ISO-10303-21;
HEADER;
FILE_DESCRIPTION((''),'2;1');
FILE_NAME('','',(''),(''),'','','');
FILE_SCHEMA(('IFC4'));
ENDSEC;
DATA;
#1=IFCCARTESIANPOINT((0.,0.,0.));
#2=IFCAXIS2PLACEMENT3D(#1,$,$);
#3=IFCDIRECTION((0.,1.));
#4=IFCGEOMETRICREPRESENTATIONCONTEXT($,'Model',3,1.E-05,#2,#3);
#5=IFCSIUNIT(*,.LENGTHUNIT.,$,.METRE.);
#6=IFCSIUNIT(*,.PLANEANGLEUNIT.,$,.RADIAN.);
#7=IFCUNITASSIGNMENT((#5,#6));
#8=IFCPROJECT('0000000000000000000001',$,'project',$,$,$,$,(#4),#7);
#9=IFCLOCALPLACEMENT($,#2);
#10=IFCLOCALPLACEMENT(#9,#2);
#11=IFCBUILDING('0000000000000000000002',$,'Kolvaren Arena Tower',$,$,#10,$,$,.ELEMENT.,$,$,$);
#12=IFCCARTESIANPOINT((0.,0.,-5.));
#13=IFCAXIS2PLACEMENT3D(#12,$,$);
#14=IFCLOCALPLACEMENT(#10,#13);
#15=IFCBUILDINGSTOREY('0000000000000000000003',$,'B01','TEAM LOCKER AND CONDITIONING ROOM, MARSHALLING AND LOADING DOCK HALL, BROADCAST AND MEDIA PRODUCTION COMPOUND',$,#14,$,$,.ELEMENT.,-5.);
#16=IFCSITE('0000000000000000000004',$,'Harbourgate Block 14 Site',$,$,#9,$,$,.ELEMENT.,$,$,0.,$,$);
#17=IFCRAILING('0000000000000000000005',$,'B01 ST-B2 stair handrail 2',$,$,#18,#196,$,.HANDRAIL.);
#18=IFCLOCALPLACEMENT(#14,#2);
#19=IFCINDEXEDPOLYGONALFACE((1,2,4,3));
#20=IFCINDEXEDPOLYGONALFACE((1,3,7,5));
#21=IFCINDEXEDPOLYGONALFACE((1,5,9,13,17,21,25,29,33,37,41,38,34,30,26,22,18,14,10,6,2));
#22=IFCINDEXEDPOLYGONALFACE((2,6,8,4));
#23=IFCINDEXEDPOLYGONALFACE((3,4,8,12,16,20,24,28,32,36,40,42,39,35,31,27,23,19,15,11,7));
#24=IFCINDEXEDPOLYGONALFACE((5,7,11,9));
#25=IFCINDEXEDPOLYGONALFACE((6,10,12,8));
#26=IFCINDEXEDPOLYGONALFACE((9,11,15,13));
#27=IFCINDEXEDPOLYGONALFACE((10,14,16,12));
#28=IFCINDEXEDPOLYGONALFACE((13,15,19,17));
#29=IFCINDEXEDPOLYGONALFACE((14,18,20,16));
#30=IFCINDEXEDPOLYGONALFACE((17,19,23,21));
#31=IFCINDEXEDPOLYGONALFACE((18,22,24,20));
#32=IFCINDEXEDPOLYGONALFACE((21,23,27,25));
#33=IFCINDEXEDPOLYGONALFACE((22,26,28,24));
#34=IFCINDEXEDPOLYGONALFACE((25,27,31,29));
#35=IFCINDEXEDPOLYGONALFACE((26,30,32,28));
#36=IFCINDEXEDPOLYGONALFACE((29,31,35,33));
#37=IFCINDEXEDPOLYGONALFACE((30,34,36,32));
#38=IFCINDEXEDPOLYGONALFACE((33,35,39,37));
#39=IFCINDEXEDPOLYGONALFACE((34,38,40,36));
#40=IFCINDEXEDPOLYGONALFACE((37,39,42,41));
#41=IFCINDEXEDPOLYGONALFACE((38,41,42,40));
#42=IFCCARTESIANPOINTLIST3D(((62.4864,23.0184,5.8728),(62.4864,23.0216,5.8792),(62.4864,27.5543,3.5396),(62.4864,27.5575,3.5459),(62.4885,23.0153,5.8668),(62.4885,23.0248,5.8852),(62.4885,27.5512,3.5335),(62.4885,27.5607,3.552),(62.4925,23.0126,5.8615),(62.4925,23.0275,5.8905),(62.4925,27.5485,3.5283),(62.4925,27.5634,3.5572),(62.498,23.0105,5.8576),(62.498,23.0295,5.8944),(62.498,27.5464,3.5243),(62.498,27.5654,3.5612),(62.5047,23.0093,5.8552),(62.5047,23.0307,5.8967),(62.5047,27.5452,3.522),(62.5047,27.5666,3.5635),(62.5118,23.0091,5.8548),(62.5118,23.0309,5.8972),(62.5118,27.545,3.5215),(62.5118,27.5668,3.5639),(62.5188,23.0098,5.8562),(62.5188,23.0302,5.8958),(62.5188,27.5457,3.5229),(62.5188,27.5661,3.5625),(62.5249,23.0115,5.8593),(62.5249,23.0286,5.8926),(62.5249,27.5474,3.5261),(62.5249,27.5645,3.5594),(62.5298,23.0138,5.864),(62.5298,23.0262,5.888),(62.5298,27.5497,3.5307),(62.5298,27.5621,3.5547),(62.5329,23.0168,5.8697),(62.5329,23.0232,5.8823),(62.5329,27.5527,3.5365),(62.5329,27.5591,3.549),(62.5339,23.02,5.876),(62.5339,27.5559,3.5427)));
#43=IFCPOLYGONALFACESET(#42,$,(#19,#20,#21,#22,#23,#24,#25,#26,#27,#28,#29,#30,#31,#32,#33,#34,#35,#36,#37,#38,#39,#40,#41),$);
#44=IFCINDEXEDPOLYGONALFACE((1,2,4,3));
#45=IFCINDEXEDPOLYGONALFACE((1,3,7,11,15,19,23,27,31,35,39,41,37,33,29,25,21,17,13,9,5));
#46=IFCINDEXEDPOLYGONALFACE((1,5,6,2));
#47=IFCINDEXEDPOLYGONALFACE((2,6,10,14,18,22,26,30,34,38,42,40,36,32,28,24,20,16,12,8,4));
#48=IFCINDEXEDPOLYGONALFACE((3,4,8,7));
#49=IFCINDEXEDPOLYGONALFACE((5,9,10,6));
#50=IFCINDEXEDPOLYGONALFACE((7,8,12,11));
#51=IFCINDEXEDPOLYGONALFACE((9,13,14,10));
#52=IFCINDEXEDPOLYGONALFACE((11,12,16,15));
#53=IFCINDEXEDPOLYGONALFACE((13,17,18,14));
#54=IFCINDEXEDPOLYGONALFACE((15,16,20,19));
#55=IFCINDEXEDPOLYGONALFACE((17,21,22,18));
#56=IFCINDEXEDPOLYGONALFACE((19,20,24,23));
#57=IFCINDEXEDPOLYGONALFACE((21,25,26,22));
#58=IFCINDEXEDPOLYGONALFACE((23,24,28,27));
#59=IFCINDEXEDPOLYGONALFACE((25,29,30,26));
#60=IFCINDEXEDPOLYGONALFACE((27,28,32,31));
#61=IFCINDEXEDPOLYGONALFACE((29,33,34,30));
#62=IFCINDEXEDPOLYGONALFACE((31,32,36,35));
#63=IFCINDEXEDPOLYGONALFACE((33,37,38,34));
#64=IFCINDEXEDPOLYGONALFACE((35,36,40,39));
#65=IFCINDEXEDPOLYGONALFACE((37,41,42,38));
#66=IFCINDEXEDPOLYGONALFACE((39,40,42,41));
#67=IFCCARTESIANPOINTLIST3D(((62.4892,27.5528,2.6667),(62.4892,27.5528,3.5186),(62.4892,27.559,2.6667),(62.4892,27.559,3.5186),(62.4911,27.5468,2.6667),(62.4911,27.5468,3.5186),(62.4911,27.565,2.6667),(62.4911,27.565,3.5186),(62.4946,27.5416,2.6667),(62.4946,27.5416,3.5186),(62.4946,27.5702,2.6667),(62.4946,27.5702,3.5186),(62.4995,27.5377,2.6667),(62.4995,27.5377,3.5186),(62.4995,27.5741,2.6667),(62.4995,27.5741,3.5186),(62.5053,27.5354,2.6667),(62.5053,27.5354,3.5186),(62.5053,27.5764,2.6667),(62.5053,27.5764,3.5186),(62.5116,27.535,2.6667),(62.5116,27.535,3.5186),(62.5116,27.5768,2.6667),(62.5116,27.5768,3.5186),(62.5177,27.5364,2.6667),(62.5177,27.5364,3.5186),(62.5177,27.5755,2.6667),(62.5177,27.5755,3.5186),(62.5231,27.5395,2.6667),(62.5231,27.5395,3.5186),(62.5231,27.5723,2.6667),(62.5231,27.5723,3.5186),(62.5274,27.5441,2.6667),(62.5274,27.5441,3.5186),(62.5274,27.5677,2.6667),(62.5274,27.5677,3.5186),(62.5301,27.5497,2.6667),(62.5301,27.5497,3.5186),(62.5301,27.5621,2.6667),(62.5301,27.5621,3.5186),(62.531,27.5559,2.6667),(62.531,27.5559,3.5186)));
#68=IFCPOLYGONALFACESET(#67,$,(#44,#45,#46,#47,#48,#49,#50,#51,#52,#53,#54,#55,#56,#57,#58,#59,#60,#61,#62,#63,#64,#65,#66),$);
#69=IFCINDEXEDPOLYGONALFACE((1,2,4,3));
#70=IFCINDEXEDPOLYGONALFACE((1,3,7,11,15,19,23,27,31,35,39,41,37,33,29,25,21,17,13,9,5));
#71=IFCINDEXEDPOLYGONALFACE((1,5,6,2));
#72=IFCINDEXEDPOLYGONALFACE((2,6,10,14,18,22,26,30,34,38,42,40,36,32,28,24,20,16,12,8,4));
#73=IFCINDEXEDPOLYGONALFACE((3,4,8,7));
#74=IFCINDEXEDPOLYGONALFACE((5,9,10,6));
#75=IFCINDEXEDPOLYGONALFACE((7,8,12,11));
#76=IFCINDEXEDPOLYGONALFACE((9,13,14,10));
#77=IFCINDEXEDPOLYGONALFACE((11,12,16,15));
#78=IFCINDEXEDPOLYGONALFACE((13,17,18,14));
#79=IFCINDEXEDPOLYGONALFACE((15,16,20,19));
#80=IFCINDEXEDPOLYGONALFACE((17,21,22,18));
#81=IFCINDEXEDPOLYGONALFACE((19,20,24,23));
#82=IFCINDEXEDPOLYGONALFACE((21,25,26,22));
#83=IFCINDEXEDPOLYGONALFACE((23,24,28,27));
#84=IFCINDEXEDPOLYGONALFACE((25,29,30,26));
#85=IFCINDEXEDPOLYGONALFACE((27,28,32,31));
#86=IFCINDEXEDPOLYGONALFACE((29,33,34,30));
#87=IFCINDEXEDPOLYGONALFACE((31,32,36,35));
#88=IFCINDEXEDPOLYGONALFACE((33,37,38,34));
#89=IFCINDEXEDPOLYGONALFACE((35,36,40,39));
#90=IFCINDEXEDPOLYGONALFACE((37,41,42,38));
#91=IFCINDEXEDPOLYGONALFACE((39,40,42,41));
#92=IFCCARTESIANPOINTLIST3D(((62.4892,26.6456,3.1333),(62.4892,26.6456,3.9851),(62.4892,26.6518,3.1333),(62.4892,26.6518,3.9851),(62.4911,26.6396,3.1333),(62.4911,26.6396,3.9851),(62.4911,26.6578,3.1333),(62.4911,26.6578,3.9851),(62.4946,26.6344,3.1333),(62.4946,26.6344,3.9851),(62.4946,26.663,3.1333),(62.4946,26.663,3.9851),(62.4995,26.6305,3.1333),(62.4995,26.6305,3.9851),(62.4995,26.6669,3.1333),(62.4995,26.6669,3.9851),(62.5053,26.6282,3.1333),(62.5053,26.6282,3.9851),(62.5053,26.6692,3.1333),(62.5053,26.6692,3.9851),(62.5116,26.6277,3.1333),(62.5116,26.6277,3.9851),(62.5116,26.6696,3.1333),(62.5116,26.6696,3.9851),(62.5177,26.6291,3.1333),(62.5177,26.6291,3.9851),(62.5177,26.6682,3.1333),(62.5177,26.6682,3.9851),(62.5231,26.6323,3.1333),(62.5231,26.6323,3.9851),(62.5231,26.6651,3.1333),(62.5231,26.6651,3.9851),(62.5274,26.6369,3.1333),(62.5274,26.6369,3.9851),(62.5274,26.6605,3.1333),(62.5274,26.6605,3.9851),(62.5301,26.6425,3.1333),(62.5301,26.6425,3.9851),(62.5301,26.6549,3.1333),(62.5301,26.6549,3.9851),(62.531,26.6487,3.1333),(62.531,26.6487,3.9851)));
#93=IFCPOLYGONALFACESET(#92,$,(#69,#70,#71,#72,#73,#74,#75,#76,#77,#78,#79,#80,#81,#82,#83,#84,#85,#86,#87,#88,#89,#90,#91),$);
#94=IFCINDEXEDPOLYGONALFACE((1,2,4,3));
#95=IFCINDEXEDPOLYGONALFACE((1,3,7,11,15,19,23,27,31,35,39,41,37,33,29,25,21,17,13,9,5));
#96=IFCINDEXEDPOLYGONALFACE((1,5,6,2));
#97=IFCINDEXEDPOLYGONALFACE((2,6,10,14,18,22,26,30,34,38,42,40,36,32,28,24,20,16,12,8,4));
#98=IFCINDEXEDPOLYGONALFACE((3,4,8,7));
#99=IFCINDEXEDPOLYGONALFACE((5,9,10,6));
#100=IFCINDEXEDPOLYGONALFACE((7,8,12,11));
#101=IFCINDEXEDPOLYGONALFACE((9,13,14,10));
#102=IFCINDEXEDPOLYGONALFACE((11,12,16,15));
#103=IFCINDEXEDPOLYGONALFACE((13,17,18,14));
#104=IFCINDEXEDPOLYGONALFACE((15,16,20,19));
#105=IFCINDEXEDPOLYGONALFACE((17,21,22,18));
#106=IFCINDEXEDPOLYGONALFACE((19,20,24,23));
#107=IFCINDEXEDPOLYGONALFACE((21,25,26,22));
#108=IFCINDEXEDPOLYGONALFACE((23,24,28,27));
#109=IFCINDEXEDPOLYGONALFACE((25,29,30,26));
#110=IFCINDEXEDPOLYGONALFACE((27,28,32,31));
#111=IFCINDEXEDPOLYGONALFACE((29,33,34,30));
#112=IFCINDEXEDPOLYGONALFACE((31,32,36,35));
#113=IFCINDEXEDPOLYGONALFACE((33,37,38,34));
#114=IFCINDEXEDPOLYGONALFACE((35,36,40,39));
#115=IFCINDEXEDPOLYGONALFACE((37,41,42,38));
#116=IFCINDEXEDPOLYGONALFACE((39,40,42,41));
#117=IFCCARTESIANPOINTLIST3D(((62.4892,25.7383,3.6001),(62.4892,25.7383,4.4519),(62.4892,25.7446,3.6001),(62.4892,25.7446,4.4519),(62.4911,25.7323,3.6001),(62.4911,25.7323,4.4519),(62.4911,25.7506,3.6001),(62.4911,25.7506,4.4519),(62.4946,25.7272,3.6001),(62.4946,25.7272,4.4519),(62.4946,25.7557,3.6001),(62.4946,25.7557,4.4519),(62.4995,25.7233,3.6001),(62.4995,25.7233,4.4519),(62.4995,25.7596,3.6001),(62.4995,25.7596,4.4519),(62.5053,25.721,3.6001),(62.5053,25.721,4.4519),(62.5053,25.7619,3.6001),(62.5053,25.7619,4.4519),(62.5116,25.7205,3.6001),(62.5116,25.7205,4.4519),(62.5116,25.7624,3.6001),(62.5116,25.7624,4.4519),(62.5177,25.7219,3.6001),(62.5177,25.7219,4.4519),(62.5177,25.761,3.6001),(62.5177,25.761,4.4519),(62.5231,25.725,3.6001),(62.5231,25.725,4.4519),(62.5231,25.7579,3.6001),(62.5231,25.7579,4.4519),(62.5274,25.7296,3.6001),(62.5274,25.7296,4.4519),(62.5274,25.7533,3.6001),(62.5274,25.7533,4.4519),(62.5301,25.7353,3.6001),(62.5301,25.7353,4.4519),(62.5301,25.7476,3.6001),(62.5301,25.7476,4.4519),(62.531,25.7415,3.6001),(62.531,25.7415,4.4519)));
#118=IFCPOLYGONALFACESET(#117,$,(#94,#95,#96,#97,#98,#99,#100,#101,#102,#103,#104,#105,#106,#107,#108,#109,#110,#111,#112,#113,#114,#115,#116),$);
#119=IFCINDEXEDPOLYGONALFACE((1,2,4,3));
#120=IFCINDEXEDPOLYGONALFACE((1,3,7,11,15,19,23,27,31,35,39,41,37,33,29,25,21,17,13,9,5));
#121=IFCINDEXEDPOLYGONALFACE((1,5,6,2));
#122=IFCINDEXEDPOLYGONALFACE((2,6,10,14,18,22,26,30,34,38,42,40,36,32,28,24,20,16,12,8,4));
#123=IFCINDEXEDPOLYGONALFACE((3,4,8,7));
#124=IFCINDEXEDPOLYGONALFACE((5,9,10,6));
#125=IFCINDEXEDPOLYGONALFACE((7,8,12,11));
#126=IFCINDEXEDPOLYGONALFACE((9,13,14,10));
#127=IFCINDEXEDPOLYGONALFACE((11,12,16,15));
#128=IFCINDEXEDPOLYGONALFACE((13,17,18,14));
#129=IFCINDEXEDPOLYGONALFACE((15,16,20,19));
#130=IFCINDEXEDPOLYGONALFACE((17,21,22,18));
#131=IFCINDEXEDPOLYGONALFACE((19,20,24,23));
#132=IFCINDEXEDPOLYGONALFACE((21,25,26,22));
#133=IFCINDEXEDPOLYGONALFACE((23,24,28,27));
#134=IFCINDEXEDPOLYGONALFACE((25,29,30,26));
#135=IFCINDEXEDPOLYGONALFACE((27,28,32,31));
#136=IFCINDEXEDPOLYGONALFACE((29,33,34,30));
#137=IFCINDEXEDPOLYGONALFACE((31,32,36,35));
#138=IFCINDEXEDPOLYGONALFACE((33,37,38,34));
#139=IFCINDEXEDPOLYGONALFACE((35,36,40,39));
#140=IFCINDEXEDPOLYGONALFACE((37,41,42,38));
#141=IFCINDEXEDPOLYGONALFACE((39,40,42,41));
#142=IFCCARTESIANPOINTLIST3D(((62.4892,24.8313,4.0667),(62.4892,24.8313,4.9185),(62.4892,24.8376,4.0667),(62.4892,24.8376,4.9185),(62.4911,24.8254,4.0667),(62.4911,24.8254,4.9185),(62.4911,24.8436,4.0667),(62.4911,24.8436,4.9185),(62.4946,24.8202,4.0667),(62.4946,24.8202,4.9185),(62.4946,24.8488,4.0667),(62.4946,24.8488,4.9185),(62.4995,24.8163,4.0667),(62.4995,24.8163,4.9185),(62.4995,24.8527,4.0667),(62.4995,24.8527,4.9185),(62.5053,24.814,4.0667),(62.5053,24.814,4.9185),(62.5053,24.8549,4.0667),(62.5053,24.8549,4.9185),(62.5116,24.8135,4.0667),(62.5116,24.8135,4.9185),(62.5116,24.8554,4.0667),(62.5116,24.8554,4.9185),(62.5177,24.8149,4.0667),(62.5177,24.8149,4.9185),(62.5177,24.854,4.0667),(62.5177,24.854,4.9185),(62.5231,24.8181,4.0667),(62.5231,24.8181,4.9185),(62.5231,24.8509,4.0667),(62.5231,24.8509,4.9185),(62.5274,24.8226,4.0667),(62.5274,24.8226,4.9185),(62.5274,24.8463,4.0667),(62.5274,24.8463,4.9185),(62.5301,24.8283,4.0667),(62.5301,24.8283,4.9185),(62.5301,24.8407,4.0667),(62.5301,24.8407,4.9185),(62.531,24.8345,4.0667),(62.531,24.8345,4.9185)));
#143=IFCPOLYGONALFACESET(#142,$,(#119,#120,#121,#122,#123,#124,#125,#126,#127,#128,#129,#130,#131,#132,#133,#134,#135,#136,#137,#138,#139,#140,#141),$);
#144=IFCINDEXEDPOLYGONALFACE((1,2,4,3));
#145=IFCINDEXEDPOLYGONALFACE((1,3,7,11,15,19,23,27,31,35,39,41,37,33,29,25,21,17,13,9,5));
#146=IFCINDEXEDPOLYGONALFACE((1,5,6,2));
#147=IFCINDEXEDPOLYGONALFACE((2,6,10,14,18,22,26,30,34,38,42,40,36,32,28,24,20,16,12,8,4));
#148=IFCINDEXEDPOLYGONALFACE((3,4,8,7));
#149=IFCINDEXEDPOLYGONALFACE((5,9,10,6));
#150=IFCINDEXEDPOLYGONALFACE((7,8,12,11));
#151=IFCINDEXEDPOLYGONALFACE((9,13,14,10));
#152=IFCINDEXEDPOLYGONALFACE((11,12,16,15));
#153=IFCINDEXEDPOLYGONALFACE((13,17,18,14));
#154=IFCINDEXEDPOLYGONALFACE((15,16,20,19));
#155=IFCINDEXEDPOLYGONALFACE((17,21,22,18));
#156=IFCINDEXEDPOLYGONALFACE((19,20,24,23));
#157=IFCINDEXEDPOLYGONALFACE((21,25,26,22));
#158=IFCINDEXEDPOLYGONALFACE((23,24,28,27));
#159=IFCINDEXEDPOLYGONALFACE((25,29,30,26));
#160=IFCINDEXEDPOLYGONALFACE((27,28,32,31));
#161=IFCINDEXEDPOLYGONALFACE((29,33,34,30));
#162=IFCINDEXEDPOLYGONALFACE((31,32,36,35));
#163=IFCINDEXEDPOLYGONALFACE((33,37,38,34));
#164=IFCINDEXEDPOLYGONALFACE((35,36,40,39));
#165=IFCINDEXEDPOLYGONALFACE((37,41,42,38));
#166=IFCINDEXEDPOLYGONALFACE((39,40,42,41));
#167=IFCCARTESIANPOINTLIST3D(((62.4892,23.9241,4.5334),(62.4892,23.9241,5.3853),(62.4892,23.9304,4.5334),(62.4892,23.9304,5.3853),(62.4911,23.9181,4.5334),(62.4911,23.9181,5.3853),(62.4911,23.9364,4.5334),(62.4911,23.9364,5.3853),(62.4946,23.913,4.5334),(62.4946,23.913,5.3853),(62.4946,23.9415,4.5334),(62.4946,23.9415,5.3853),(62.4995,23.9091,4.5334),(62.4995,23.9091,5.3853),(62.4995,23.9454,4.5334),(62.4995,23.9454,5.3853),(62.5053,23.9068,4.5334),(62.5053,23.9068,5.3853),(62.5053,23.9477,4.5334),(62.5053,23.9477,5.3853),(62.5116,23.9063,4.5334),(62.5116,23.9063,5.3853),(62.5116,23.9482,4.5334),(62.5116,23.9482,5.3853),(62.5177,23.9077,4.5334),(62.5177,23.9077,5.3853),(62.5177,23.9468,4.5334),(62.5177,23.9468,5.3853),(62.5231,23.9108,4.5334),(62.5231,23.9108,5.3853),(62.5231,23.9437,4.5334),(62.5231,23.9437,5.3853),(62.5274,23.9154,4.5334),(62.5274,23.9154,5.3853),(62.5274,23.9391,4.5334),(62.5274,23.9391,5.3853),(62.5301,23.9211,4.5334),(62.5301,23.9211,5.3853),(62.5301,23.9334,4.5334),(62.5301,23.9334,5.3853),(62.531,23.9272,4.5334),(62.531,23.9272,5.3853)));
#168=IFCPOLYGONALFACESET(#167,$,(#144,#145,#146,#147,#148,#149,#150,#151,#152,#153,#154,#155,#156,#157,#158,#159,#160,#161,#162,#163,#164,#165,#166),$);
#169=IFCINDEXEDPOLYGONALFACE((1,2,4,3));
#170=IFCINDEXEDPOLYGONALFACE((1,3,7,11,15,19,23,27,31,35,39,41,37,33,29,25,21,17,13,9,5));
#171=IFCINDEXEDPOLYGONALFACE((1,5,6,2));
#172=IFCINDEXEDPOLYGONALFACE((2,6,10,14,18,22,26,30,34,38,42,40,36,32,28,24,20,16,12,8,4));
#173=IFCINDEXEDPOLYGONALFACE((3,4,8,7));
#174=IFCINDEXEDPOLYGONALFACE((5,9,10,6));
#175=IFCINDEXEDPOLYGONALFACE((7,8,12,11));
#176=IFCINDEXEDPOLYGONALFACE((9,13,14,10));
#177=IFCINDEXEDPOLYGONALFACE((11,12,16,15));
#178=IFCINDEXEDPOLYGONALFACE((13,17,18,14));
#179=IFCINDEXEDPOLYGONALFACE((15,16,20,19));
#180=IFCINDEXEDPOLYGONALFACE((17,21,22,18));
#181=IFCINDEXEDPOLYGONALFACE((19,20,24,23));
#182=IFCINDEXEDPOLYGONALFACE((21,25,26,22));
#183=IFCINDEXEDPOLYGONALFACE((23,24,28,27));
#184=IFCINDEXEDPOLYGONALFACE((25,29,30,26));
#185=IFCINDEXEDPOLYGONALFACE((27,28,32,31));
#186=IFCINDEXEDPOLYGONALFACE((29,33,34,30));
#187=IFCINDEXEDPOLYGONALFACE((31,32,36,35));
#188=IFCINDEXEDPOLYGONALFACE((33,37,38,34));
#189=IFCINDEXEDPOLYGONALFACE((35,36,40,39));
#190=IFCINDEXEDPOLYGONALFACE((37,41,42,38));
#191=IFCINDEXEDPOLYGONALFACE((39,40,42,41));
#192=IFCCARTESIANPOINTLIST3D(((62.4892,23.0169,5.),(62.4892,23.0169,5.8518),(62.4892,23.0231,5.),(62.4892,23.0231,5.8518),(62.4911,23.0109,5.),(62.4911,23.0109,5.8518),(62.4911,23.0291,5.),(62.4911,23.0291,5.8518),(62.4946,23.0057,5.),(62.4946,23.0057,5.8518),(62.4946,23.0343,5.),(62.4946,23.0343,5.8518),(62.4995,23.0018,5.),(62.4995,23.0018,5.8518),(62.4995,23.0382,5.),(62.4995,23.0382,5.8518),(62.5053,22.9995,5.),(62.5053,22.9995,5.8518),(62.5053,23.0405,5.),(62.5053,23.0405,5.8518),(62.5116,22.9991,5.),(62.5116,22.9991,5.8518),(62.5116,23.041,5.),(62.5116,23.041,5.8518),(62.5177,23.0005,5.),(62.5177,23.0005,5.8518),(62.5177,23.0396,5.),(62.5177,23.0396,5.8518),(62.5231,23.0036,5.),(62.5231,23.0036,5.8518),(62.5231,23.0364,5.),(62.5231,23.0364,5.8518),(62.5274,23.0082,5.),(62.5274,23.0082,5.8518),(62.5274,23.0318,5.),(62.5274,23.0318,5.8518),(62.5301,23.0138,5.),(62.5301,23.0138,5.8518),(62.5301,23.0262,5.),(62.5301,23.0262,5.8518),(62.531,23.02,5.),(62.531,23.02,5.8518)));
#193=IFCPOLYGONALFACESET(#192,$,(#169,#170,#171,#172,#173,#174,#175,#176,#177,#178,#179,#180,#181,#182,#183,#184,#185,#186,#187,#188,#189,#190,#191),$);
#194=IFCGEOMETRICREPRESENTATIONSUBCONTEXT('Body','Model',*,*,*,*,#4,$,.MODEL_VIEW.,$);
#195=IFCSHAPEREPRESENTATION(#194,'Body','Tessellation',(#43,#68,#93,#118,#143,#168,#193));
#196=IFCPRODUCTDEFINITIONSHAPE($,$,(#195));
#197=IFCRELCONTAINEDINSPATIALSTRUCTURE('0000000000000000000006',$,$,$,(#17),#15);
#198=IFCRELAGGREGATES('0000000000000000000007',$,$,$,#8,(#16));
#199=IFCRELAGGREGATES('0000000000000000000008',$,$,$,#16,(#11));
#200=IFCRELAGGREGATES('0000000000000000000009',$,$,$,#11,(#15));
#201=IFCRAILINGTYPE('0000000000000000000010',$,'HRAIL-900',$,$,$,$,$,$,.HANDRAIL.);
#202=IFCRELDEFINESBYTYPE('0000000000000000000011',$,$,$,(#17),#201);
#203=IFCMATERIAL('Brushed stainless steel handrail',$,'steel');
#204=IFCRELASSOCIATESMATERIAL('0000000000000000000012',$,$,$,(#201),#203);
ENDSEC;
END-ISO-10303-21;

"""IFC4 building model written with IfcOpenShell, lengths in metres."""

from ifc_helpers import new_model, si_unit, direction, frame, origin, origin_2d, place, context, subcontext, project, spatial, circle, extrude, material, type_object, element, save


model = new_model("IFC4")

# Units and contexts
model_context = context("Model", 3, precision=1e-05, world=origin(), true_north=direction((0.0, 1.0)))
body_context = subcontext(model_context, "Body", "Model", "MODEL_VIEW")
ifc_project = project(units=[si_unit("LENGTHUNIT", "METRE"), si_unit("PLANEANGLEUNIT", "RADIAN")], contexts=[model_context])

# Site, building, storey
site_placement = place(None, origin())
site = spatial("IfcSite", under=ifc_project, at=site_placement, Name="Harbourgate Block 14 Site", CompositionType="ELEMENT", RefElevation=0.0)
building_placement = place(site_placement, origin())
building = spatial("IfcBuilding", under=site, at=building_placement, Name="Kolvaren Arena Tower", CompositionType="ELEMENT")
storey_placement = place(building_placement, frame((0.0, 0.0, -5.0)))
storey = spatial("IfcBuildingStorey", under=building, at=storey_placement, Name="B01", Description="TEAM LOCKER AND CONDITIONING ROOM, MARSHALLING AND LOADING DOCK HALL, BROADCAST AND MEDIA PRODUCTION COMPOUND", CompositionType="ELEMENT", Elevation=-5.0)

# Railing
ifc_material_1 = material(Name="Brushed stainless steel handrail", Category="steel")
railing_type_1 = type_object("IfcRailingType", Name="HRAIL-900", PredefinedType="HANDRAIL", material=ifc_material_1)
railing_1_placement = place(storey_placement, frame((62.51, 27.5559, 2.6667)))
element("IfcRailing", 1, at=railing_1_placement, inside=storey, type_object=railing_type_1, Name="B01 ST-B2 stair handrail 2", PredefinedType="HANDRAIL", context=body_context, shape_type="SweptSolid", body=[
    extrude(circle(Radius=0.0239, at=origin_2d()), frame((0.0, 0.0, 0.876), z_axis=(0.0, -0.889247, 0.457427), x_axis=(1.0, 0.0, 0.0)), (0.0, 0.0, 1.0), 5.1008),
    extrude(circle(Radius=0.021, at=origin_2d()), origin(), (0.0, 0.0, 1.0), 0.8518),
    extrude(circle(Radius=0.021, at=origin_2d()), frame((0.0, -0.9072, 0.4666)), (0.0, 0.0, 1.0), 0.8518),
    extrude(circle(Radius=0.021, at=origin_2d()), frame((0.0, -1.8145, 0.9333)), (0.0, 0.0, 1.0), 0.8518),
    extrude(circle(Radius=0.021, at=origin_2d()), frame((0.0, -2.7214, 1.3999)), (0.0, 0.0, 1.0), 0.8518),
    extrude(circle(Radius=0.021, at=origin_2d()), frame((0.0, -3.6287, 1.8667)), (0.0, 0.0, 1.0), 0.8518),
    extrude(circle(Radius=0.021, at=origin_2d()), frame((0.0, -4.5359, 2.3333)), (0.0, 0.0, 1.0), 0.8518),
])

save(model, "model.ifc")
